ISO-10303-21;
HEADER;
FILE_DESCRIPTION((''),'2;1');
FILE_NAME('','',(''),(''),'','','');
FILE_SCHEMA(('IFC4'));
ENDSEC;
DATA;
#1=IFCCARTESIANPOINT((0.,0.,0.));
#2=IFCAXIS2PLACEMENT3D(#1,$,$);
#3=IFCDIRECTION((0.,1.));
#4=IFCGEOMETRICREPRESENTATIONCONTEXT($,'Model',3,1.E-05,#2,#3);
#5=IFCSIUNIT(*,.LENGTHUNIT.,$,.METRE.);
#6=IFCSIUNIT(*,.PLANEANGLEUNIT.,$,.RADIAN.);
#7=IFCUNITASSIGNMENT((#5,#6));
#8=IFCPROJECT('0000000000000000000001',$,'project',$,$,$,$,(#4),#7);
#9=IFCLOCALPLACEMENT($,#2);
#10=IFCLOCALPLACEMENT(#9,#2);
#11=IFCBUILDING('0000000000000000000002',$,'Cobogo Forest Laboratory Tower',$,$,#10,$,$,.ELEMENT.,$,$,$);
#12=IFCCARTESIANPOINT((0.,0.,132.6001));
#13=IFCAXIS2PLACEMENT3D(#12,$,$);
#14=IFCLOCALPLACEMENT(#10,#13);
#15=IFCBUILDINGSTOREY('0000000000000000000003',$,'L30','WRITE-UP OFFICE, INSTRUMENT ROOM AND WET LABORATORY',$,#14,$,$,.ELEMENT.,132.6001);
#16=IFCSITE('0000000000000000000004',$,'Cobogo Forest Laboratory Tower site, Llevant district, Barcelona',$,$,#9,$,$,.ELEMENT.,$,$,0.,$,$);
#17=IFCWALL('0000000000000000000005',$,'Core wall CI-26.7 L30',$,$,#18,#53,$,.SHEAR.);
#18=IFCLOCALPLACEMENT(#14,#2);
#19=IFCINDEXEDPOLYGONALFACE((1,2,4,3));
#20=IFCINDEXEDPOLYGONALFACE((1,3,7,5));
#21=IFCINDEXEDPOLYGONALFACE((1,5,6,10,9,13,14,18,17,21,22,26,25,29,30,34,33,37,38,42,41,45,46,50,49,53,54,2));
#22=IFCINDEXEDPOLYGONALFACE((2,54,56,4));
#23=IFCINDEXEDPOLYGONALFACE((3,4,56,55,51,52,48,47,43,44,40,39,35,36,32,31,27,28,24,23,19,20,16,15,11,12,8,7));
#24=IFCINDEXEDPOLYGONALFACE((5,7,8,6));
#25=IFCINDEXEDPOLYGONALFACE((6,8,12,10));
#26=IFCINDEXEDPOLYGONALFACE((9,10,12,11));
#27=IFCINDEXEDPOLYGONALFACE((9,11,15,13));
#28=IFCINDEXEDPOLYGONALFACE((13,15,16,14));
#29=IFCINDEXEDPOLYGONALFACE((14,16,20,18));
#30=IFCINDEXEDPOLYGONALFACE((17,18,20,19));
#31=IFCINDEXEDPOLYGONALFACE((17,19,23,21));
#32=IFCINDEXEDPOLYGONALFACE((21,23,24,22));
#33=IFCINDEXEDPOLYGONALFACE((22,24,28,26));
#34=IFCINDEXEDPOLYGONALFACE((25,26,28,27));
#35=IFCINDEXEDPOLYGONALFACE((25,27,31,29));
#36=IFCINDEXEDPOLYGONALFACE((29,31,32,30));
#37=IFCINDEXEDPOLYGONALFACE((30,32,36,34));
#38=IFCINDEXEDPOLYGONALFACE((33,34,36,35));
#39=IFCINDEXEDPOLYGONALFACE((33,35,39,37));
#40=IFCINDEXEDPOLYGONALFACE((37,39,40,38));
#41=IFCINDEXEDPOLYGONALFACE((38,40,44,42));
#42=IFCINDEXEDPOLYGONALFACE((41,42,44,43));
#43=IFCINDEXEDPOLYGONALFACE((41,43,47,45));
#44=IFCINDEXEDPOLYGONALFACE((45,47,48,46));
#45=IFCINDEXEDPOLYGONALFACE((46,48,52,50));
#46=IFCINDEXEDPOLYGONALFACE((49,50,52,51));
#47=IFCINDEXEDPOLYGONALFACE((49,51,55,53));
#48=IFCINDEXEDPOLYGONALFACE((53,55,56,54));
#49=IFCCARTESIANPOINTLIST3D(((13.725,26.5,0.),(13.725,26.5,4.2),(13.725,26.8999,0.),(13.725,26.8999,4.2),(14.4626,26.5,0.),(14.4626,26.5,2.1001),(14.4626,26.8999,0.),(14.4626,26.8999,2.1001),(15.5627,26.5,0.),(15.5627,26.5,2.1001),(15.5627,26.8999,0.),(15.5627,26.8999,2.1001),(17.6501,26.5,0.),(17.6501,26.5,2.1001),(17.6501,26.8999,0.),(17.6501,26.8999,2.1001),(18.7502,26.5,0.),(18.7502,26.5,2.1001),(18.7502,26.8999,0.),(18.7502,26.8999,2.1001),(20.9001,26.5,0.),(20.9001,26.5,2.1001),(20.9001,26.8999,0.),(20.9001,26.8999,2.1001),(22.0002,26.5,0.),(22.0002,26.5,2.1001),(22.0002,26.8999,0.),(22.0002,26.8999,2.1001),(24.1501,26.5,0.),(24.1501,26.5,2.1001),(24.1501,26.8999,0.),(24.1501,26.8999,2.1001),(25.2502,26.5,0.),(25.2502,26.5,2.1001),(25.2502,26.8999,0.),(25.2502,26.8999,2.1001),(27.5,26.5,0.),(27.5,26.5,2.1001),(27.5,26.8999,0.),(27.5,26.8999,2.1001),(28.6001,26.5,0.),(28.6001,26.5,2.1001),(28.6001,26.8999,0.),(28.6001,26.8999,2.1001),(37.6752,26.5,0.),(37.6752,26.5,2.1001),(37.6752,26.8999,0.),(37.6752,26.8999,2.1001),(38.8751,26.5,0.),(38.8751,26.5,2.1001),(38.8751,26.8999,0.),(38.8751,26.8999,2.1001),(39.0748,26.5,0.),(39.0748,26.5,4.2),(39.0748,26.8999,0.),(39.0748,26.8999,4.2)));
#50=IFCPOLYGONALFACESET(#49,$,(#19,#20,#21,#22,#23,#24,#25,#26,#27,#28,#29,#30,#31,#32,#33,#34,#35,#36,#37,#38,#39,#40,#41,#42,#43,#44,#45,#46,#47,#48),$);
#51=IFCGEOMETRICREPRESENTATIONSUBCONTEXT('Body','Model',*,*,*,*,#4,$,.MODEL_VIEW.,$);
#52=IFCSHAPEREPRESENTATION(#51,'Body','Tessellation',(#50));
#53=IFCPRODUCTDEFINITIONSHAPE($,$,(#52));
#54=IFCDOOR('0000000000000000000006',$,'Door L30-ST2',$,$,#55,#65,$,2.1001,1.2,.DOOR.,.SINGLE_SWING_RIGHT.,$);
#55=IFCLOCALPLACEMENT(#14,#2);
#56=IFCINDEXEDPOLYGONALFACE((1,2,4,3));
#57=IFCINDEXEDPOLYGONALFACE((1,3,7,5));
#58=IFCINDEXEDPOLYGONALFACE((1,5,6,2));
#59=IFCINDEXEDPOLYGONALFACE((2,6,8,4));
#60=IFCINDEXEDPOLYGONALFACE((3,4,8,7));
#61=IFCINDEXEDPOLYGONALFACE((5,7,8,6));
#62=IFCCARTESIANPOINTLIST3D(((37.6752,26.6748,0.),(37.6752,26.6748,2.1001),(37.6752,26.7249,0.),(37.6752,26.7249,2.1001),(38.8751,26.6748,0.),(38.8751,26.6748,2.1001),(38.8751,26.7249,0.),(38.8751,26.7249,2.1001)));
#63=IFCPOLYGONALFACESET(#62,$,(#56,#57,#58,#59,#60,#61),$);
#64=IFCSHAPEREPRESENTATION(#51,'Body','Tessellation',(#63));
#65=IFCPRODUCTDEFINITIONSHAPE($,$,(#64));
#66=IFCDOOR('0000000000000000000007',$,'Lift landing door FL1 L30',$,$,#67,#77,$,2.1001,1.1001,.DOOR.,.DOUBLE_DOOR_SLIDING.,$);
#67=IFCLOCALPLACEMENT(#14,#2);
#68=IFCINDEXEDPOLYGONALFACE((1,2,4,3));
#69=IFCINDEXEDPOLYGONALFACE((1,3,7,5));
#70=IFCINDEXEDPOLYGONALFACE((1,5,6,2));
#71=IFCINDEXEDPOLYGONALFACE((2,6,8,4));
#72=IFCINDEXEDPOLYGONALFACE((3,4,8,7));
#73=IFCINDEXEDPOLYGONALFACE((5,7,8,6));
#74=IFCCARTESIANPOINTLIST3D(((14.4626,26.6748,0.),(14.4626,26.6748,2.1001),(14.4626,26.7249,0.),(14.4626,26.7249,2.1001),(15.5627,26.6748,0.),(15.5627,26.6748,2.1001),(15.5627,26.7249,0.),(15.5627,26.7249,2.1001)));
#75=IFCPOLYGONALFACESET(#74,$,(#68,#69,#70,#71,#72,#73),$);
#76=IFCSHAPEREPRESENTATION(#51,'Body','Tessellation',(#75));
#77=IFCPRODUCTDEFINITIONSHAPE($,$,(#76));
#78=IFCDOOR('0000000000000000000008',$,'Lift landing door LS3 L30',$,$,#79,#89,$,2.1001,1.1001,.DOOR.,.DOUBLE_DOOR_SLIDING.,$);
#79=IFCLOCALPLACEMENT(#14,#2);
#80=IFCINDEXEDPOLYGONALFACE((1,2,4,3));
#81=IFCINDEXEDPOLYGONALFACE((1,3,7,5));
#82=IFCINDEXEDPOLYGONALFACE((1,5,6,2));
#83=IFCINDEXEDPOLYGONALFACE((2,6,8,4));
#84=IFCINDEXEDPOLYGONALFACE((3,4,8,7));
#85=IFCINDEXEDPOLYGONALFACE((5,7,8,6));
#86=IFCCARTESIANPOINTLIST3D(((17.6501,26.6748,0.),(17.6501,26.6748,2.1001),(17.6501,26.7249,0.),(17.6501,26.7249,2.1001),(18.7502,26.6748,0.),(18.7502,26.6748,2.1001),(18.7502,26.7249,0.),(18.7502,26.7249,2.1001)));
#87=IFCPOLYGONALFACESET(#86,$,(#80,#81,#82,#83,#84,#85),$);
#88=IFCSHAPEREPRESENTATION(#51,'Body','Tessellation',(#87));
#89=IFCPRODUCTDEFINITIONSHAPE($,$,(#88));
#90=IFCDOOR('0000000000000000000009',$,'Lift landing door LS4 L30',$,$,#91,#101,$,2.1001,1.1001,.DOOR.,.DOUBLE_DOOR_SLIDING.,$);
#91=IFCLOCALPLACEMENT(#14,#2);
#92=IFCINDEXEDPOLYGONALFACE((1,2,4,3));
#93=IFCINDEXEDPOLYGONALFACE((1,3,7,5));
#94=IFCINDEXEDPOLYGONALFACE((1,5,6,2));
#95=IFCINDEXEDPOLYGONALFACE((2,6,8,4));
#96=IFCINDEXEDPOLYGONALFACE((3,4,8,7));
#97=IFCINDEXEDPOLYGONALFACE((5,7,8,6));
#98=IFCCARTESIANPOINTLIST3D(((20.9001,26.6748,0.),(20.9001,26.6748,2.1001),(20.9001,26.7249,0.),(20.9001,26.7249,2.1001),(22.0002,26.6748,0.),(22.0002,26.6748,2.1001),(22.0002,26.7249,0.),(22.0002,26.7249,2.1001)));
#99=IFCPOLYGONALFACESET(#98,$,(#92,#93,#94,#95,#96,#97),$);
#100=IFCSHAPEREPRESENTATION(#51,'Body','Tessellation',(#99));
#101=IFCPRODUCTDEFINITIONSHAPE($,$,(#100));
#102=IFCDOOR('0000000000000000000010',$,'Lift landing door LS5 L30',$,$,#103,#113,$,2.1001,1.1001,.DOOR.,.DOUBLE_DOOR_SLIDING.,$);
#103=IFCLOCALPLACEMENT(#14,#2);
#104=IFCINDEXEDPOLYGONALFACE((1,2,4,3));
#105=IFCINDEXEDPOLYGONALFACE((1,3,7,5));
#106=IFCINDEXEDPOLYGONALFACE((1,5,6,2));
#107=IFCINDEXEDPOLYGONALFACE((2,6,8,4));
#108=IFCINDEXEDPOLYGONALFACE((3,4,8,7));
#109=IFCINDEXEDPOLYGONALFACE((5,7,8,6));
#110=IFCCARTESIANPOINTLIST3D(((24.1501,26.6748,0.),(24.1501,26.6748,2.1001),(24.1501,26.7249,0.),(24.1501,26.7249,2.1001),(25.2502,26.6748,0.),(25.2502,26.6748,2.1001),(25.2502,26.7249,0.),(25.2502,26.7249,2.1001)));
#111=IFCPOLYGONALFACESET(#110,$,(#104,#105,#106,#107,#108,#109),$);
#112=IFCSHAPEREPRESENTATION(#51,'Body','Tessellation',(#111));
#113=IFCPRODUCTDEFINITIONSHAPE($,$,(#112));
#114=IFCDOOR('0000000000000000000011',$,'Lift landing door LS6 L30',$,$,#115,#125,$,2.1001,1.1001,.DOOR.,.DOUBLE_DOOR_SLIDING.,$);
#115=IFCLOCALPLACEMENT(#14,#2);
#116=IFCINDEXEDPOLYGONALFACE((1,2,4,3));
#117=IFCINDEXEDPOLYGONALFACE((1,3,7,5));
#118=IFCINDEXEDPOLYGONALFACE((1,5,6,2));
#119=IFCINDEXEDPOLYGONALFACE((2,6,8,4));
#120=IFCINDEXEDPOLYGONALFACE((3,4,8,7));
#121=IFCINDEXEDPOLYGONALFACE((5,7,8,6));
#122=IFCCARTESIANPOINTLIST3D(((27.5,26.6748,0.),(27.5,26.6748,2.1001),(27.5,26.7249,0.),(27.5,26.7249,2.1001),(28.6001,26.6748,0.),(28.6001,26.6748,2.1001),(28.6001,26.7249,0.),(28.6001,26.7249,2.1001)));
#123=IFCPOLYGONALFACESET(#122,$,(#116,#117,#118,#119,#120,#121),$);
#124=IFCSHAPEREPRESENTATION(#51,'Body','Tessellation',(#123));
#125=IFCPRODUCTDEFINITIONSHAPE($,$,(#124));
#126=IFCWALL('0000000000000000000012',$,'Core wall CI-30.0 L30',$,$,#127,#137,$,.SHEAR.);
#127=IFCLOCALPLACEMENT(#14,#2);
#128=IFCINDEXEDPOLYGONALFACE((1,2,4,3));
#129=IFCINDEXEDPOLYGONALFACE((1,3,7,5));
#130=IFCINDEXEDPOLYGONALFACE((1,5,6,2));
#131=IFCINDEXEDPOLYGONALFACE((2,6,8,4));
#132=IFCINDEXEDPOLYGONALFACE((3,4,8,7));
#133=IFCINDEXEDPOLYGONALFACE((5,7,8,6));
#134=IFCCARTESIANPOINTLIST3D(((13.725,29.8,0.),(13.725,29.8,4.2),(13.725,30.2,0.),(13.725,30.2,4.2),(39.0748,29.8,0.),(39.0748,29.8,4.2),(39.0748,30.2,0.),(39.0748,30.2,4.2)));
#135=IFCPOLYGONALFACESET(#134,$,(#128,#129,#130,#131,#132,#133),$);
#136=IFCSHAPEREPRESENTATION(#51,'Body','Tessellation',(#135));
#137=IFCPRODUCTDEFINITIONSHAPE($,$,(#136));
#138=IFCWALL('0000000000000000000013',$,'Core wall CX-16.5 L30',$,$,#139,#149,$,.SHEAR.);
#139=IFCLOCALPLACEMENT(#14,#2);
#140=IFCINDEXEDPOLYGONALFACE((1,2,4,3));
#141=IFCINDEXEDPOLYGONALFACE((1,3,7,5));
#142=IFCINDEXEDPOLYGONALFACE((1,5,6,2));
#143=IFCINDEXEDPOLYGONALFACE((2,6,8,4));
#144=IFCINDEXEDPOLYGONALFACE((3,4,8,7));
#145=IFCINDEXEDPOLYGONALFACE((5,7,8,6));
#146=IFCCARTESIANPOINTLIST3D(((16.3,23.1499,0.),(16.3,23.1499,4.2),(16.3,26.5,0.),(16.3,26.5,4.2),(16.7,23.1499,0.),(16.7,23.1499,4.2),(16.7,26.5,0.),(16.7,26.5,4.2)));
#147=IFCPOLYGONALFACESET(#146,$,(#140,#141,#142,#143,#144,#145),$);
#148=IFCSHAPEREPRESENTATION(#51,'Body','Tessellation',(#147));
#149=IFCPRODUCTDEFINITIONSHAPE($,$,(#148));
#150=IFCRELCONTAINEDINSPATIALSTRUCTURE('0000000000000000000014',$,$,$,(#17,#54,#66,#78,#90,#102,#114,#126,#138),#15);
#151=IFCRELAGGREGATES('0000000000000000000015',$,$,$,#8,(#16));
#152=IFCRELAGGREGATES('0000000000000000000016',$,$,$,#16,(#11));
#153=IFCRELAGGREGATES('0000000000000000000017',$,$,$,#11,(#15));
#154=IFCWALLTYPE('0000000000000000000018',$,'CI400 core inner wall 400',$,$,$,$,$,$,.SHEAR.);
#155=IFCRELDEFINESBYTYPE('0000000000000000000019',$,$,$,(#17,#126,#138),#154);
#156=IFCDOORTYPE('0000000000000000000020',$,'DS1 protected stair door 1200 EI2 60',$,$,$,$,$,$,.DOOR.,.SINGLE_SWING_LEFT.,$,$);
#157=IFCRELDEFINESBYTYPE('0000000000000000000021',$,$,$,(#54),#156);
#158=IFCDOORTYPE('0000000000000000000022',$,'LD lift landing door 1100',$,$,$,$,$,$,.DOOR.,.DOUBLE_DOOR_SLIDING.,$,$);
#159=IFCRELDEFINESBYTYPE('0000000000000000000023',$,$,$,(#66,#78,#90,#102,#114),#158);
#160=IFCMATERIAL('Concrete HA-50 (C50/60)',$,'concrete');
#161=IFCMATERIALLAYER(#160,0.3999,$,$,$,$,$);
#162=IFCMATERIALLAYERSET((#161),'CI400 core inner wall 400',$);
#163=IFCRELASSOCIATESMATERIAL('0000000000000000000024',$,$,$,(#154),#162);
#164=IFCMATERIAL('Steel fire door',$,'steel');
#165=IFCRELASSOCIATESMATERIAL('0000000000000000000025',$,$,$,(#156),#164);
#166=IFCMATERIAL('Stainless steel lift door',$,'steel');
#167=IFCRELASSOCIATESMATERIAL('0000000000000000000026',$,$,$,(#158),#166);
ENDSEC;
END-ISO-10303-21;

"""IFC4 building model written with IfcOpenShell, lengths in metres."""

from ifc_helpers import new_model, si_unit, direction, frame, frame_2d, origin, place, context, subcontext, project, spatial, rectangle, extrude, material, layer, layer_set, type_object, element, fill, save


model = new_model("IFC4")

# Units and contexts
model_context = context("Model", 3, precision=1e-05, world=origin(), true_north=direction((0.0, 1.0)))
body_context = subcontext(model_context, "Body", "Model", "MODEL_VIEW")
ifc_project = project(units=[si_unit("LENGTHUNIT", "METRE"), si_unit("PLANEANGLEUNIT", "RADIAN")], contexts=[model_context])

# Site, building, storey
site_placement = place(None, origin())
site = spatial("IfcSite", under=ifc_project, at=site_placement, Name="Cobogo Forest Laboratory Tower site, Llevant district, Barcelona", CompositionType="ELEMENT", RefElevation=0.0)
building_placement = place(site_placement, origin())
building = spatial("IfcBuilding", under=site, at=building_placement, Name="Cobogo Forest Laboratory Tower", CompositionType="ELEMENT")
storey_placement = place(building_placement, frame((0.0, 0.0, 132.6001)))
storey = spatial("IfcBuildingStorey", under=building, at=storey_placement, Name="L30", Description="WRITE-UP OFFICE, INSTRUMENT ROOM AND WET LABORATORY", CompositionType="ELEMENT", Elevation=132.6001)

# Shared definitions
ifc_material_1 = material(Name="Concrete HA-50 (C50/60)", Category="concrete")

# Shared definitions
ifc_layer_1 = layer(ifc_material_1, 0.3999)
ifc_layer_set_1 = layer_set([ifc_layer_1], Name="CI400 core inner wall 400")
wall_type_1 = type_object("IfcWallType", Name="CI400 core inner wall 400", PredefinedType="SHEAR", material=ifc_layer_set_1)

# Wall, openings, doors
wall_1_placement = place(storey_placement, frame((13.7251, 26.7, 0.0), z_axis=(0.0, 0.0, 1.0), x_axis=(1.0, 0.0, 0.0)))
wall_1 = element("IfcWall", 1, at=wall_1_placement, inside=storey, type_object=wall_type_1, Name="Core wall CI-26.7 L30", PredefinedType="SHEAR", context=body_context, shape_type="SweptSolid", body=[
    extrude(rectangle(XDim=25.3499, YDim=0.3999, at=frame_2d((12.6748, 0.0))), origin(), (0.0, 0.0, 1.0), 4.2),
])
opening_1_placement = place(wall_1_placement, frame((23.95, 0.0, 0.0)))
opening_1 = element("IfcOpeningElement", 2, at=opening_1_placement, cuts=wall_1, PredefinedType="OPENING", context=body_context, shape_type="SweptSolid", body=[
    extrude(rectangle(XDim=1.2, YDim=2.1001, at=frame_2d((0.6001, 1.05))), frame((0.0, 0.21, 0.0), z_axis=(0.0, -1.0, 0.0), x_axis=(1.0, 0.0, 0.0)), (0.0, 0.0, 1.0), 0.4199),
])
opening_2_placement = place(wall_1_placement, frame((0.7375, 0.0, 0.0)))
opening_2 = element("IfcOpeningElement", 3, at=opening_2_placement, cuts=wall_1, PredefinedType="OPENING", context=body_context, shape_type="SweptSolid", body=[
    extrude(rectangle(XDim=1.1001, YDim=2.1001, at=frame_2d((0.55, 1.05))), frame((0.0, 0.21, 0.0), z_axis=(0.0, -1.0, 0.0), x_axis=(1.0, 0.0, 0.0)), (0.0, 0.0, 1.0), 0.4199),
])
opening_3_placement = place(wall_1_placement, frame((3.925, 0.0, 0.0)))
opening_3 = element("IfcOpeningElement", 4, at=opening_3_placement, cuts=wall_1, PredefinedType="OPENING", context=body_context, shape_type="SweptSolid", body=[
    extrude(rectangle(XDim=1.1001, YDim=2.1001, at=frame_2d((0.55, 1.05))), frame((0.0, 0.21, 0.0), z_axis=(0.0, -1.0, 0.0), x_axis=(1.0, 0.0, 0.0)), (0.0, 0.0, 1.0), 0.4199),
])
opening_4_placement = place(wall_1_placement, frame((7.175, 0.0, 0.0)))
opening_4 = element("IfcOpeningElement", 5, at=opening_4_placement, cuts=wall_1, PredefinedType="OPENING", context=body_context, shape_type="SweptSolid", body=[
    extrude(rectangle(XDim=1.1001, YDim=2.1001, at=frame_2d((0.55, 1.05))), frame((0.0, 0.21, 0.0), z_axis=(0.0, -1.0, 0.0), x_axis=(1.0, 0.0, 0.0)), (0.0, 0.0, 1.0), 0.4199),
])
opening_5_placement = place(wall_1_placement, frame((10.425, 0.0, 0.0)))
opening_5 = element("IfcOpeningElement", 6, at=opening_5_placement, cuts=wall_1, PredefinedType="OPENING", context=body_context, shape_type="SweptSolid", body=[
    extrude(rectangle(XDim=1.1001, YDim=2.1001, at=frame_2d((0.55, 1.05))), frame((0.0, 0.21, 0.0), z_axis=(0.0, -1.0, 0.0), x_axis=(1.0, 0.0, 0.0)), (0.0, 0.0, 1.0), 0.4199),
])
opening_6_placement = place(wall_1_placement, frame((13.7749, 0.0, 0.0)))
opening_6 = element("IfcOpeningElement", 7, at=opening_6_placement, cuts=wall_1, PredefinedType="OPENING", context=body_context, shape_type="SweptSolid", body=[
    extrude(rectangle(XDim=1.1001, YDim=2.1001, at=frame_2d((0.55, 1.05))), frame((0.0, 0.21, 0.0), z_axis=(0.0, -1.0, 0.0), x_axis=(1.0, 0.0, 0.0)), (0.0, 0.0, 1.0), 0.4199),
])
ifc_material_2 = material(Name="Steel fire door", Category="steel")
door_type_1 = type_object("IfcDoorType", Name="DS1 protected stair door 1200 EI2 60", OperationType="SINGLE_SWING_LEFT", PredefinedType="DOOR", material=ifc_material_2)
door_1_placement = place(opening_1_placement, origin())
door_1 = element("IfcDoor", 8, at=door_1_placement, inside=storey, type_object=door_type_1, Name="Door L30-ST2", OperationType="SINGLE_SWING_RIGHT", OverallHeight=2.1001, OverallWidth=1.2, PredefinedType="DOOR", context=body_context, shape_type="SweptSolid", body=[
    extrude(rectangle(XDim=1.2, YDim=2.1001, at=frame_2d((0.6001, 1.05))), frame((0.0, 0.0249, 0.0), z_axis=(0.0, -1.0, 0.0), x_axis=(1.0, 0.0, 0.0)), (0.0, 0.0, 1.0), 0.05),
])
fill(opening_1, door_1)
ifc_material_3 = material(Name="Stainless steel lift door", Category="steel")
door_type_2 = type_object("IfcDoorType", Name="LD lift landing door 1100", OperationType="DOUBLE_DOOR_SLIDING", PredefinedType="DOOR", material=ifc_material_3)
door_2_placement = place(opening_2_placement, origin())
door_2 = element("IfcDoor", 9, at=door_2_placement, inside=storey, type_object=door_type_2, Name="Lift landing door FL1 L30", OperationType="DOUBLE_DOOR_SLIDING", OverallHeight=2.1001, OverallWidth=1.1001, PredefinedType="DOOR", context=body_context, shape_type="SweptSolid", body=[
    extrude(rectangle(XDim=1.1001, YDim=2.1001, at=frame_2d((0.55, 1.05))), frame((0.0, 0.0249, 0.0), z_axis=(0.0, -1.0, 0.0), x_axis=(1.0, 0.0, 0.0)), (0.0, 0.0, 1.0), 0.05),
])
fill(opening_2, door_2)
door_3_placement = place(opening_3_placement, origin())
door_3 = element("IfcDoor", 10, at=door_3_placement, inside=storey, type_object=door_type_2, Name="Lift landing door LS3 L30", OperationType="DOUBLE_DOOR_SLIDING", OverallHeight=2.1001, OverallWidth=1.1001, PredefinedType="DOOR", context=body_context, shape_type="SweptSolid", body=[
    extrude(rectangle(XDim=1.1001, YDim=2.1001, at=frame_2d((0.55, 1.05))), frame((0.0, 0.0249, 0.0), z_axis=(0.0, -1.0, 0.0), x_axis=(1.0, 0.0, 0.0)), (0.0, 0.0, 1.0), 0.05),
])
fill(opening_3, door_3)
door_4_placement = place(opening_4_placement, origin())
door_4 = element("IfcDoor", 11, at=door_4_placement, inside=storey, type_object=door_type_2, Name="Lift landing door LS4 L30", OperationType="DOUBLE_DOOR_SLIDING", OverallHeight=2.1001, OverallWidth=1.1001, PredefinedType="DOOR", context=body_context, shape_type="SweptSolid", body=[
    extrude(rectangle(XDim=1.1001, YDim=2.1001, at=frame_2d((0.55, 1.05))), frame((0.0, 0.0249, 0.0), z_axis=(0.0, -1.0, 0.0), x_axis=(1.0, 0.0, 0.0)), (0.0, 0.0, 1.0), 0.05),
])
fill(opening_4, door_4)
door_5_placement = place(opening_5_placement, origin())
door_5 = element("IfcDoor", 12, at=door_5_placement, inside=storey, type_object=door_type_2, Name="Lift landing door LS5 L30", OperationType="DOUBLE_DOOR_SLIDING", OverallHeight=2.1001, OverallWidth=1.1001, PredefinedType="DOOR", context=body_context, shape_type="SweptSolid", body=[
    extrude(rectangle(XDim=1.1001, YDim=2.1001, at=frame_2d((0.55, 1.05))), frame((0.0, 0.0249, 0.0), z_axis=(0.0, -1.0, 0.0), x_axis=(1.0, 0.0, 0.0)), (0.0, 0.0, 1.0), 0.05),
])
fill(opening_5, door_5)
door_6_placement = place(opening_6_placement, origin())
door_6 = element("IfcDoor", 13, at=door_6_placement, inside=storey, type_object=door_type_2, Name="Lift landing door LS6 L30", OperationType="DOUBLE_DOOR_SLIDING", OverallHeight=2.1001, OverallWidth=1.1001, PredefinedType="DOOR", context=body_context, shape_type="SweptSolid", body=[
    extrude(rectangle(XDim=1.1001, YDim=2.1001, at=frame_2d((0.55, 1.05))), frame((0.0, 0.0249, 0.0), z_axis=(0.0, -1.0, 0.0), x_axis=(1.0, 0.0, 0.0)), (0.0, 0.0, 1.0), 0.05),
])
fill(opening_6, door_6)

# Walls
wall_2_placement = place(storey_placement, frame((13.7251, 30.0, 0.0), z_axis=(0.0, 0.0, 1.0), x_axis=(1.0, 0.0, 0.0)))
element("IfcWall", 14, at=wall_2_placement, inside=storey, type_object=wall_type_1, Name="Core wall CI-30.0 L30", PredefinedType="SHEAR", context=body_context, shape_type="SweptSolid", body=[
    extrude(rectangle(XDim=25.3499, YDim=0.3999, at=frame_2d((12.6748, 0.0))), origin(), (0.0, 0.0, 1.0), 4.2),
])
wall_3_placement = place(storey_placement, frame((16.5, 23.1499, 0.0), z_axis=(0.0, 0.0, 1.0), x_axis=(0.0, 1.0, 0.0)))
element("IfcWall", 15, at=wall_3_placement, inside=storey, type_object=wall_type_1, Name="Core wall CX-16.5 L30", PredefinedType="SHEAR", context=body_context, shape_type="SweptSolid", body=[
    extrude(rectangle(XDim=3.3501, YDim=0.3999, at=frame_2d((1.675, 0.0))), origin(), (0.0, 0.0, 1.0), 4.2),
])

save(model, "model.ifc")
